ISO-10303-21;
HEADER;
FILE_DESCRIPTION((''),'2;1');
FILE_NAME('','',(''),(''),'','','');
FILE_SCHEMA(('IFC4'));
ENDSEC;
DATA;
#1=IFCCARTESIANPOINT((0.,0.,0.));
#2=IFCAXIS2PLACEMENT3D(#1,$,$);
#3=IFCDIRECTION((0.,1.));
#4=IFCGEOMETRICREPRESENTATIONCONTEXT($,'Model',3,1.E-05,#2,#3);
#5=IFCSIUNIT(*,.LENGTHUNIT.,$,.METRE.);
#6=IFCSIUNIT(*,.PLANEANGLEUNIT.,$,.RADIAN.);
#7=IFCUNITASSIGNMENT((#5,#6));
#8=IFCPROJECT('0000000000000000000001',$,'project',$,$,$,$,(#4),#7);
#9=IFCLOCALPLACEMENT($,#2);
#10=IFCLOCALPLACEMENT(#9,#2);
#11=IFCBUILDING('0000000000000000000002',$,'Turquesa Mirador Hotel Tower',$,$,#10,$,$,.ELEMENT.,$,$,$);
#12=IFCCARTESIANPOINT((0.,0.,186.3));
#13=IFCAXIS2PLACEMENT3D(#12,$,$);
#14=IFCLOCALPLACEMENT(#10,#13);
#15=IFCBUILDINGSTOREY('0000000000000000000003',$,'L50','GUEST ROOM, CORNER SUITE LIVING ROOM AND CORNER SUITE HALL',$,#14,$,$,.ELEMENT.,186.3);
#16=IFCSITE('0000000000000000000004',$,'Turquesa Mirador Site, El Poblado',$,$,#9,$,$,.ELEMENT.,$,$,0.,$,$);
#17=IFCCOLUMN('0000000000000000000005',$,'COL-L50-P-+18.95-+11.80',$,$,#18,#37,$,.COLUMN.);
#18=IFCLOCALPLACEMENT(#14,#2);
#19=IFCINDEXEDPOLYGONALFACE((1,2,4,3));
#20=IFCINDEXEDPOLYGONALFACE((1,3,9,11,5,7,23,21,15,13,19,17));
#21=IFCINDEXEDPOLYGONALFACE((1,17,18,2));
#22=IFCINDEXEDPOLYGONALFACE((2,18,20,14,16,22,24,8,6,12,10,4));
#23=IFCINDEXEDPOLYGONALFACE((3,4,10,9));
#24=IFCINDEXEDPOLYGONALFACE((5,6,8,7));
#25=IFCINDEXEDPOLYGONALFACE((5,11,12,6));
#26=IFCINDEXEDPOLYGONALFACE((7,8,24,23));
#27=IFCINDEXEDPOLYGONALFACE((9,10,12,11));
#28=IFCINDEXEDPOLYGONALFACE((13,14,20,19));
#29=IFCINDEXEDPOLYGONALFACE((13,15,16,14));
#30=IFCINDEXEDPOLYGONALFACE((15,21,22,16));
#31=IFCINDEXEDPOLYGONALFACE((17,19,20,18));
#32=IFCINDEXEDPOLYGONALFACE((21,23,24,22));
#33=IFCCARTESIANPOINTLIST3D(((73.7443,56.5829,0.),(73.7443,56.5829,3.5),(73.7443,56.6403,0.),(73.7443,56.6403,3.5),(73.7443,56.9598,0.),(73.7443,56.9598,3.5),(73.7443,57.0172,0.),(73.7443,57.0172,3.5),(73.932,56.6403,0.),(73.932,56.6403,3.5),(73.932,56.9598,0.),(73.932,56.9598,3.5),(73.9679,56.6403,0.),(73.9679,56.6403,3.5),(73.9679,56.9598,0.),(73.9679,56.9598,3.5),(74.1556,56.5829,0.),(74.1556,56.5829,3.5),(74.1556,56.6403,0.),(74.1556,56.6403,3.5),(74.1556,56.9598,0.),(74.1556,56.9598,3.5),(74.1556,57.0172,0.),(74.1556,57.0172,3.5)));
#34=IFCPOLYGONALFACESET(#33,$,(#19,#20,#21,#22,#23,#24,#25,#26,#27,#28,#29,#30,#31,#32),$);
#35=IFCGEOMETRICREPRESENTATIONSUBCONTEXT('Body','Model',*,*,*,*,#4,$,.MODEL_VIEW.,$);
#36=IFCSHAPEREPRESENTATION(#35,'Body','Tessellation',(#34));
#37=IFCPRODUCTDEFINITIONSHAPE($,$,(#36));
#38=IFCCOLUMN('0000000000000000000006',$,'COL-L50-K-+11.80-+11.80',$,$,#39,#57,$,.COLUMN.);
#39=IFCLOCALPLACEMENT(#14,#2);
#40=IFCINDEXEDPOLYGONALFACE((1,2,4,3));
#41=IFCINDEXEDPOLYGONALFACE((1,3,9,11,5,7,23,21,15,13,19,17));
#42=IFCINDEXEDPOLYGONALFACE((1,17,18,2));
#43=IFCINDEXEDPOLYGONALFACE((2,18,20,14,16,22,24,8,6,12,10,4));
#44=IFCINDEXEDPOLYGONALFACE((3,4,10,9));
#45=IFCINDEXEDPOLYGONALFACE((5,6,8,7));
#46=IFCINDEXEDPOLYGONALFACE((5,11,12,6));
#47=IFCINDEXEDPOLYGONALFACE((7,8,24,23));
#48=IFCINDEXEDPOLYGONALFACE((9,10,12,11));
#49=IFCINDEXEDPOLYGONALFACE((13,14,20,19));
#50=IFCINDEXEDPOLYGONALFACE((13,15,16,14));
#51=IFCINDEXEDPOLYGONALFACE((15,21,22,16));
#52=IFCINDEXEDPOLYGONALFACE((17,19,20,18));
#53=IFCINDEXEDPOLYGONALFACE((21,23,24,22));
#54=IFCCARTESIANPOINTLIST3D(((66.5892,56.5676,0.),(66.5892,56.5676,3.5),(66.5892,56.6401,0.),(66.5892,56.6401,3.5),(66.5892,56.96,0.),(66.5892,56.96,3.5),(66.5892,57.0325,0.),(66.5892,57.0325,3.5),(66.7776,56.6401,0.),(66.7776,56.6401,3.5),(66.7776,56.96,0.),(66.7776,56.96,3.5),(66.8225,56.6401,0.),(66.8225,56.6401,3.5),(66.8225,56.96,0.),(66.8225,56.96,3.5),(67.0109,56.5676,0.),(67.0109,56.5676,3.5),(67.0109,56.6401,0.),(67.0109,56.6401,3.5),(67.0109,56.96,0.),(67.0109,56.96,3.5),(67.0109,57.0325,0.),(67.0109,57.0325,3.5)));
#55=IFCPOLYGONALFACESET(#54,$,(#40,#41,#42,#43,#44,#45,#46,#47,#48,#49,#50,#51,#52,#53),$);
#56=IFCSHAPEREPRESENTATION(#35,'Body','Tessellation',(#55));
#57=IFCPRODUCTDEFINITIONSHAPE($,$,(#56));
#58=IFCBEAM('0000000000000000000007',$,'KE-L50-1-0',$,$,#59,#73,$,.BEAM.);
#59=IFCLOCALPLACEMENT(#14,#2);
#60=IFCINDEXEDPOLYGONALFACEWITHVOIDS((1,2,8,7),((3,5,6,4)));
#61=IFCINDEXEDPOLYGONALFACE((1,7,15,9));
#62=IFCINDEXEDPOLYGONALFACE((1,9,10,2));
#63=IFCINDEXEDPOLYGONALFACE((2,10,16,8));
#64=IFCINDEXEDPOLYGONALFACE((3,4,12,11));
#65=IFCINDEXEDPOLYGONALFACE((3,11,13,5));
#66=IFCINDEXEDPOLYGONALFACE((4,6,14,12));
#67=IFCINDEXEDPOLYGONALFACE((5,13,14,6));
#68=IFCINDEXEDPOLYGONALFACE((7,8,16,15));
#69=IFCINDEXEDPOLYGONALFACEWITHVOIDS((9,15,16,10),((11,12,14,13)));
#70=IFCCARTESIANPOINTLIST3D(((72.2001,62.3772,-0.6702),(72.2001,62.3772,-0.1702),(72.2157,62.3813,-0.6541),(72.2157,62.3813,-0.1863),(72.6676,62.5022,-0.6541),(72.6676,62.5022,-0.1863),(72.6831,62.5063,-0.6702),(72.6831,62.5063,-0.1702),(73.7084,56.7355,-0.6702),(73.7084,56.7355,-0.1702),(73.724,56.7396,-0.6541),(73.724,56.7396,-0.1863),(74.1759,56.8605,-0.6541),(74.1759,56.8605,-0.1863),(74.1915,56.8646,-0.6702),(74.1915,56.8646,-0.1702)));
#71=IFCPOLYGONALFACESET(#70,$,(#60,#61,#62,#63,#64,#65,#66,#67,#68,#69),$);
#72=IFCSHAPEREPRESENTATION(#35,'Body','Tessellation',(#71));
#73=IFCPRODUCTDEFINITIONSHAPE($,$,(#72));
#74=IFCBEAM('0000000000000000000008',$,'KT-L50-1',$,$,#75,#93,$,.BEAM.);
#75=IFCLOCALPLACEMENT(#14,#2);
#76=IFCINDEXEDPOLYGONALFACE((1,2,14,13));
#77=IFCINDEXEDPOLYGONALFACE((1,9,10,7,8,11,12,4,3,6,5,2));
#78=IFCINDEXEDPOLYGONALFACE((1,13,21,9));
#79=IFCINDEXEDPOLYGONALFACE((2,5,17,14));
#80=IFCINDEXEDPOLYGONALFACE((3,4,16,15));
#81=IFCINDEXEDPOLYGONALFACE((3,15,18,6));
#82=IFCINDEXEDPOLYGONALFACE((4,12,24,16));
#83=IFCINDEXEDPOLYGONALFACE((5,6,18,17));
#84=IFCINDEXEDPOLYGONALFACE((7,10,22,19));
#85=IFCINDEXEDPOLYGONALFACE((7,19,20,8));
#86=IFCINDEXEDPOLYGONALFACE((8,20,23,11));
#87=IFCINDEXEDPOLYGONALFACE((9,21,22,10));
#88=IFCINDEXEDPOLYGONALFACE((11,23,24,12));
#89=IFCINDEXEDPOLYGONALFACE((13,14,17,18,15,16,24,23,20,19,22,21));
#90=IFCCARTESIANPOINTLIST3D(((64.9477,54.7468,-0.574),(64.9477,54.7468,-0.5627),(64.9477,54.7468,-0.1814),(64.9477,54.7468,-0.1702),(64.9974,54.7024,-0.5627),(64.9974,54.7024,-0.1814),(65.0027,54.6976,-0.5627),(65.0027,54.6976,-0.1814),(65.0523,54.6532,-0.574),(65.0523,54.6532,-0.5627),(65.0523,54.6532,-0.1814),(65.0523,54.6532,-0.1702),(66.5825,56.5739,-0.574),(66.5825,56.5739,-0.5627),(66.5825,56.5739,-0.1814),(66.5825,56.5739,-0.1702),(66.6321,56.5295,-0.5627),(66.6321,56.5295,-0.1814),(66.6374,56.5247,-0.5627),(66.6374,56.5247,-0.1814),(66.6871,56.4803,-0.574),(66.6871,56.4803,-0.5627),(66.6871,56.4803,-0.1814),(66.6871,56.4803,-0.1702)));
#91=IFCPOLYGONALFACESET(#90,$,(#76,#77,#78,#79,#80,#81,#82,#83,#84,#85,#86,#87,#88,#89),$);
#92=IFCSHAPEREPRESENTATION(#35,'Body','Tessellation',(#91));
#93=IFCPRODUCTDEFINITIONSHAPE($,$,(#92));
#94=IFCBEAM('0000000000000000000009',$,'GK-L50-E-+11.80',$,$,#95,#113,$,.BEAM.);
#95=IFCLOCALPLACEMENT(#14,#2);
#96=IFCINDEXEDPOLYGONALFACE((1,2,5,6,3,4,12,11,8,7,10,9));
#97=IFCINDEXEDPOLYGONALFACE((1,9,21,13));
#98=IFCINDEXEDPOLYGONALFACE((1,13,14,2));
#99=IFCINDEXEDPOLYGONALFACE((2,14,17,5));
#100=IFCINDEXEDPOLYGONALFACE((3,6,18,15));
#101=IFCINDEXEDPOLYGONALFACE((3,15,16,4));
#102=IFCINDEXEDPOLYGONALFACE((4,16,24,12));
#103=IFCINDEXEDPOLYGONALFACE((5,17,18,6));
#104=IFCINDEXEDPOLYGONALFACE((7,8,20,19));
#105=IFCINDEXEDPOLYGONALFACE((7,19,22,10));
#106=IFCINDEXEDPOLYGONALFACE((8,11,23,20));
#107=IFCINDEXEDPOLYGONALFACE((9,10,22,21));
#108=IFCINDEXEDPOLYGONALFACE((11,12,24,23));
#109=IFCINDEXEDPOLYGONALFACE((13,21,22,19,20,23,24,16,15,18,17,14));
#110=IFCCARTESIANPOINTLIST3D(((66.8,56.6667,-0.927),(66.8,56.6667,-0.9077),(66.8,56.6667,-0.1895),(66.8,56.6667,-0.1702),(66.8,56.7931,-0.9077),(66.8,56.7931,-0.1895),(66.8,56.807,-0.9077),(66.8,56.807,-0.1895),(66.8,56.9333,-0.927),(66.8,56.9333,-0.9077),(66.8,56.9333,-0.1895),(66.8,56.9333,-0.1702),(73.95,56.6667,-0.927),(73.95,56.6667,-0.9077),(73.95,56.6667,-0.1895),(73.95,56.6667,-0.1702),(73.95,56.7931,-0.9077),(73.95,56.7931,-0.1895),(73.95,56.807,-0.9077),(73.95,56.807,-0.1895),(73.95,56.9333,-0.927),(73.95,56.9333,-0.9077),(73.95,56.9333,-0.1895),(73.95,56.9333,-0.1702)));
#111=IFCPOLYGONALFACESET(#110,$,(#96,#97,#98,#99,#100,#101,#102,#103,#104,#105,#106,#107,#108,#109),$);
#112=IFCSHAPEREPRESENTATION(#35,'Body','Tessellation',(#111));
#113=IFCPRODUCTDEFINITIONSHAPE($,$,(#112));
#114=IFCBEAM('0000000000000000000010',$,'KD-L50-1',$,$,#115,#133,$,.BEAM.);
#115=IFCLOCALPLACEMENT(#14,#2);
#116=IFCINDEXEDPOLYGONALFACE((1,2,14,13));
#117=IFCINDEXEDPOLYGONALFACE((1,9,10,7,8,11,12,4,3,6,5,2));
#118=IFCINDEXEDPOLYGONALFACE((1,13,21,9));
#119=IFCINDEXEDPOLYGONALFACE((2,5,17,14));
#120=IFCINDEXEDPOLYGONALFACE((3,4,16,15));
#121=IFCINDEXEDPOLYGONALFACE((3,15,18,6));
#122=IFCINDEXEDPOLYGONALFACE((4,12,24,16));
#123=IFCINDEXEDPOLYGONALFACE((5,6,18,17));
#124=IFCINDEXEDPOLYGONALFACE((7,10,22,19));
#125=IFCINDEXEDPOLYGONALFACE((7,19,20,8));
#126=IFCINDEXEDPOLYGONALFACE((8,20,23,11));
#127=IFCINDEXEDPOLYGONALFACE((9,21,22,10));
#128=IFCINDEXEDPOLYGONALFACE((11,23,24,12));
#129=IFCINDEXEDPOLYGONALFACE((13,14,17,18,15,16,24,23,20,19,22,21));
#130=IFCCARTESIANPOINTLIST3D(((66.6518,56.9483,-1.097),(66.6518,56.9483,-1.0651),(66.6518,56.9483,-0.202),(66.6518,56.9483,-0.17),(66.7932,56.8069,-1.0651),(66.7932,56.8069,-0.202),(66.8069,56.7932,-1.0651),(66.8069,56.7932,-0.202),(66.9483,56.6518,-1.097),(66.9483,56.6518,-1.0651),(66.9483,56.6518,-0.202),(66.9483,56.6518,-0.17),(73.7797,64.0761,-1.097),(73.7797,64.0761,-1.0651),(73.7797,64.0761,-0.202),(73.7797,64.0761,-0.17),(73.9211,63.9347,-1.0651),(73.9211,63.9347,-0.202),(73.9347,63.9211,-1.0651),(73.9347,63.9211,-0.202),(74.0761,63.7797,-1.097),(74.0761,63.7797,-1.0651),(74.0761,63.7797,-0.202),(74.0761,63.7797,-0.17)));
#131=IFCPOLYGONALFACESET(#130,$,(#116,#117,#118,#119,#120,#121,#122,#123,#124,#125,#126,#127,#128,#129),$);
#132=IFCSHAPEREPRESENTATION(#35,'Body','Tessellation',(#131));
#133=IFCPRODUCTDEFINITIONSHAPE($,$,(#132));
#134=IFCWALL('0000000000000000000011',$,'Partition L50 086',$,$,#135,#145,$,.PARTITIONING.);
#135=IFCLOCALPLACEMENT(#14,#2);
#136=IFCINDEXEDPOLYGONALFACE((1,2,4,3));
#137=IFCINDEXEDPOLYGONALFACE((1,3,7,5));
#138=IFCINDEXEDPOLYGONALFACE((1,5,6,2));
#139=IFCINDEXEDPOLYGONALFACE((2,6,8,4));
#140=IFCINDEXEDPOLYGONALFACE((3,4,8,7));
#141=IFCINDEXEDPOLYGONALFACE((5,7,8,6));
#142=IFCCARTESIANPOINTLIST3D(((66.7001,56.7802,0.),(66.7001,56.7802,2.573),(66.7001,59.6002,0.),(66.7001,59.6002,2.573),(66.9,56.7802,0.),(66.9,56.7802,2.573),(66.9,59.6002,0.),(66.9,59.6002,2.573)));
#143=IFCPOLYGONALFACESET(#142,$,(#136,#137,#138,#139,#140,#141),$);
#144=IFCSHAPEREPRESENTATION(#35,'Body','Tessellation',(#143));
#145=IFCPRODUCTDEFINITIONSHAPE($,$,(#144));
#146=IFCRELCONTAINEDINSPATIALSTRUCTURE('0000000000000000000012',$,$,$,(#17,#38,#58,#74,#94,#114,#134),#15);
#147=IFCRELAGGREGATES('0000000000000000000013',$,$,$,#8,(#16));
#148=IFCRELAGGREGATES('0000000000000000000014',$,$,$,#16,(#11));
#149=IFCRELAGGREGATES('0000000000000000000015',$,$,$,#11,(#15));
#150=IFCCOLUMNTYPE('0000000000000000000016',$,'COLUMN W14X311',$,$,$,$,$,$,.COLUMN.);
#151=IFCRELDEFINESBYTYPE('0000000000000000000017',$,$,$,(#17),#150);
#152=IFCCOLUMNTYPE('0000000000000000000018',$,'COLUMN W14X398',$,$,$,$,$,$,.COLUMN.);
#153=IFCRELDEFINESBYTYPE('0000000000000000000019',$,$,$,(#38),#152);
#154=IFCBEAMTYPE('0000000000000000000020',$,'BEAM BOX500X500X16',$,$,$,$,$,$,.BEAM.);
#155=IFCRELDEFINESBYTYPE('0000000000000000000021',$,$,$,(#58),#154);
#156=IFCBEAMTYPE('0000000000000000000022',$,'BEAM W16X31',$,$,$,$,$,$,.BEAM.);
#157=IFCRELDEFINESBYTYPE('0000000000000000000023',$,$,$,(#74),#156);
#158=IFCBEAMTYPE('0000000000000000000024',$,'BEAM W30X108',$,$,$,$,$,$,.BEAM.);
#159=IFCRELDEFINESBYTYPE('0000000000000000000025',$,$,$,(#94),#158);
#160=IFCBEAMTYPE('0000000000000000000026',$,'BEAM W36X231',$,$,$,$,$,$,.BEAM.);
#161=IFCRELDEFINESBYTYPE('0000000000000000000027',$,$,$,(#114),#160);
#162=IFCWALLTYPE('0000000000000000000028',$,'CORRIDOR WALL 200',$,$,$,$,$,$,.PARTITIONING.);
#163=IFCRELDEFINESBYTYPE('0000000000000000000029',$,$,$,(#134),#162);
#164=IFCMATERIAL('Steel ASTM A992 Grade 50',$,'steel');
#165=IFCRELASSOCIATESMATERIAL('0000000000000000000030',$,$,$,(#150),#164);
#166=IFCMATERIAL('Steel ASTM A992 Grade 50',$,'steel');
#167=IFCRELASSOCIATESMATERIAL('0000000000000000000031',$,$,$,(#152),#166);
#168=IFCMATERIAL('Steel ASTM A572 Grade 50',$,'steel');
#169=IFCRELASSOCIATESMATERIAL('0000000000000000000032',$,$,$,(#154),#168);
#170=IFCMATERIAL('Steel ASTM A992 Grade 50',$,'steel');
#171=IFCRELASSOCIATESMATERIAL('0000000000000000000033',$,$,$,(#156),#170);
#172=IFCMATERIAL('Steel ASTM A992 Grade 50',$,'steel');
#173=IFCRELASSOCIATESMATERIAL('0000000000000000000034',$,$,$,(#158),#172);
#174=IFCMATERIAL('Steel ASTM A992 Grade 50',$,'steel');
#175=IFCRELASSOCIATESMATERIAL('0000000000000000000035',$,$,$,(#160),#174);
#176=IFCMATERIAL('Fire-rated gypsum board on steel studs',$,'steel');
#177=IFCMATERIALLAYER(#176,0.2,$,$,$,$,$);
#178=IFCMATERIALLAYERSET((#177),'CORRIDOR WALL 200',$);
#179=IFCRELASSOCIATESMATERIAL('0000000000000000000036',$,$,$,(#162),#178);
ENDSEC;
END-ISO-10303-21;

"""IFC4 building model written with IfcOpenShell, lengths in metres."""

from ifc_helpers import new_model, si_unit, direction, frame, frame_2d, origin, origin_2d, place, context, subcontext, project, spatial, rectangle, hollow_rectangle, i_section, extrude, material, layer, layer_set, material_profile, profile_set, type_object, element, save


model = new_model("IFC4")

# Units and contexts
model_context = context("Model", 3, precision=1e-05, world=origin(), true_north=direction((0.0, 1.0)))
body_context = subcontext(model_context, "Body", "Model", "MODEL_VIEW")
ifc_project = project(units=[si_unit("LENGTHUNIT", "METRE"), si_unit("PLANEANGLEUNIT", "RADIAN")], contexts=[model_context])

# Site, building, storey
site_placement = place(None, origin())
site = spatial("IfcSite", under=ifc_project, at=site_placement, Name="Turquesa Mirador Site, El Poblado", CompositionType="ELEMENT", RefElevation=0.0)
building_placement = place(site_placement, origin())
building = spatial("IfcBuilding", under=site, at=building_placement, Name="Turquesa Mirador Hotel Tower", CompositionType="ELEMENT")
storey_placement = place(building_placement, frame((0.0, 0.0, 186.3)))
storey = spatial("IfcBuildingStorey", under=building, at=storey_placement, Name="L50", Description="GUEST ROOM, CORNER SUITE LIVING ROOM AND CORNER SUITE HALL", CompositionType="ELEMENT", Elevation=186.3)

# Columns
ifc_material_1 = material(Name="Steel ASTM A992 Grade 50", Category="steel")
ifc_material_profile_1 = material_profile(ifc_material_1, i_section(OverallWidth=0.4114, OverallDepth=0.4343, WebThickness=0.0359, FlangeThickness=0.0574, at=origin_2d()), Name="W14X311")
ifc_profile_set_1 = profile_set([ifc_material_profile_1], Name="Steel ASTM A992 Grade 50")
column_type_1 = type_object("IfcColumnType", Name="COLUMN W14X311", PredefinedType="COLUMN", material=ifc_profile_set_1)
column_1_placement = place(storey_placement, frame((73.95, 56.8, 0.0), z_axis=(0.0, 0.0, 1.0), x_axis=(1.0, 0.0, 0.0)))
element("IfcColumn", 1, at=column_1_placement, inside=storey, type_object=column_type_1, Name="COL-L50-P-+18.95-+11.80", PredefinedType="COLUMN", context=body_context, shape_type="SweptSolid", body=[
    extrude(i_section(OverallWidth=0.4114, OverallDepth=0.4343, WebThickness=0.0359, FlangeThickness=0.0574, at=origin_2d()), origin(), (0.0, 0.0, 1.0), 3.5),
])
ifc_material_2 = material(Name="Steel ASTM A992 Grade 50", Category="steel")
ifc_material_profile_2 = material_profile(ifc_material_2, i_section(OverallWidth=0.4216, OverallDepth=0.4648, WebThickness=0.0449, FlangeThickness=0.0725, at=origin_2d()), Name="W14X398")
ifc_profile_set_2 = profile_set([ifc_material_profile_2], Name="Steel ASTM A992 Grade 50")
column_type_2 = type_object("IfcColumnType", Name="COLUMN W14X398", PredefinedType="COLUMN", material=ifc_profile_set_2)
column_2_placement = place(storey_placement, frame((66.8, 56.8, 0.0), z_axis=(0.0, 0.0, 1.0), x_axis=(1.0, 0.0, 0.0)))
element("IfcColumn", 2, at=column_2_placement, inside=storey, type_object=column_type_2, Name="COL-L50-K-+11.80-+11.80", PredefinedType="COLUMN", context=body_context, shape_type="SweptSolid", body=[
    extrude(i_section(OverallWidth=0.4216, OverallDepth=0.4648, WebThickness=0.0449, FlangeThickness=0.0725, at=origin_2d()), origin(), (0.0, 0.0, 1.0), 3.5),
])

# Beams
ifc_material_3 = material(Name="Steel ASTM A572 Grade 50", Category="steel")
ifc_material_profile_3 = material_profile(ifc_material_3, hollow_rectangle(XDim=0.5, YDim=0.5, WallThickness=0.0161, at=origin_2d()), Name="BOX500X500X16")
ifc_profile_set_3 = profile_set([ifc_material_profile_3], Name="Steel ASTM A572 Grade 50")
beam_type_1 = type_object("IfcBeamType", Name="BEAM BOX500X500X16", PredefinedType="BEAM", material=ifc_profile_set_3)
beam_1_placement = place(storey_placement, frame((73.95, 56.8, -0.4202), z_axis=(-0.258282, 0.96607, 0.0), x_axis=(-0.96607, -0.258282, 0.0)))
element("IfcBeam", 3, at=beam_1_placement, inside=storey, type_object=beam_type_1, Name="KE-L50-1-0", PredefinedType="BEAM", context=body_context, shape_type="SweptSolid", body=[
    extrude(hollow_rectangle(XDim=0.5, YDim=0.5, WallThickness=0.0161, at=origin_2d()), origin(), (0.0, 0.0, 1.0), 5.8398),
])
ifc_material_4 = material(Name="Steel ASTM A992 Grade 50", Category="steel")
ifc_material_profile_4 = material_profile(ifc_material_4, i_section(OverallWidth=0.1404, OverallDepth=0.4038, WebThickness=0.0071, FlangeThickness=0.0112, at=origin_2d()), Name="W16X31")
ifc_profile_set_4 = profile_set([ifc_material_profile_4], Name="Steel ASTM A992 Grade 50")
beam_type_2 = type_object("IfcBeamType", Name="BEAM W16X31", PredefinedType="BEAM", material=ifc_profile_set_4)
beam_2_placement = place(storey_placement, frame((66.6348, 56.5271, -0.3721), z_axis=(-0.666783, -0.745252, 0.0), x_axis=(0.745252, -0.666783, 0.0)))
element("IfcBeam", 4, at=beam_2_placement, inside=storey, type_object=beam_type_2, Name="KT-L50-1", PredefinedType="BEAM", context=body_context, shape_type="SweptSolid", body=[
    extrude(i_section(OverallWidth=0.1404, OverallDepth=0.4038, WebThickness=0.0071, FlangeThickness=0.0112, at=origin_2d()), origin(), (0.0, 0.0, 1.0), 2.4517),
])
ifc_material_5 = material(Name="Steel ASTM A992 Grade 50", Category="steel")
ifc_material_profile_5 = material_profile(ifc_material_5, i_section(OverallWidth=0.2666, OverallDepth=0.7568, WebThickness=0.0139, FlangeThickness=0.0193, at=origin_2d()), Name="W30X108")
ifc_profile_set_5 = profile_set([ifc_material_profile_5], Name="Steel ASTM A992 Grade 50")
beam_type_3 = type_object("IfcBeamType", Name="BEAM W30X108", PredefinedType="BEAM", material=ifc_profile_set_5)
beam_3_placement = place(storey_placement, frame((73.95, 56.8, -0.5486), z_axis=(-1.0, 0.0, 0.0), x_axis=(0.0, -1.0, 0.0)))
element("IfcBeam", 5, at=beam_3_placement, inside=storey, type_object=beam_type_3, Name="GK-L50-E-+11.80", PredefinedType="BEAM", context=body_context, shape_type="SweptSolid", body=[
    extrude(i_section(OverallWidth=0.2666, OverallDepth=0.7568, WebThickness=0.0139, FlangeThickness=0.0193, at=origin_2d()), origin(), (0.0, 0.0, 1.0), 7.1499),
])
ifc_material_6 = material(Name="Steel ASTM A992 Grade 50", Category="steel")
ifc_material_profile_6 = material_profile(ifc_material_6, i_section(OverallWidth=0.4192, OverallDepth=0.927, WebThickness=0.0193, FlangeThickness=0.032, at=origin_2d()), Name="W36X231")
ifc_profile_set_6 = profile_set([ifc_material_profile_6], Name="Steel ASTM A992 Grade 50")
beam_type_4 = type_object("IfcBeamType", Name="BEAM W36X231", PredefinedType="BEAM", material=ifc_profile_set_6)
beam_4_placement = place(storey_placement, frame((66.8, 56.8, -0.6335), z_axis=(0.707107, 0.707107, 0.0), x_axis=(-0.707107, 0.707107, 0.0)))
element("IfcBeam", 6, at=beam_4_placement, inside=storey, type_object=beam_type_4, Name="KD-L50-1", PredefinedType="BEAM", context=body_context, shape_type="SweptSolid", body=[
    extrude(i_section(OverallWidth=0.4192, OverallDepth=0.927, WebThickness=0.0193, FlangeThickness=0.032, at=origin_2d()), origin(), (0.0, 0.0, 1.0), 10.0803),
])

# Wall
ifc_material_7 = material(Name="Fire-rated gypsum board on steel studs", Category="steel")
ifc_layer_1 = layer(ifc_material_7, 0.2)
ifc_layer_set_1 = layer_set([ifc_layer_1], Name="CORRIDOR WALL 200")
wall_type_1 = type_object("IfcWallType", Name="CORRIDOR WALL 200", PredefinedType="PARTITIONING", material=ifc_layer_set_1)
wall_1_placement = place(storey_placement, frame((66.8, 56.78, 0.0), z_axis=(0.0, 0.0, 1.0), x_axis=(0.0, 1.0, 0.0)))
element("IfcWall", 7, at=wall_1_placement, inside=storey, type_object=wall_type_1, Name="Partition L50 086", PredefinedType="PARTITIONING", context=body_context, shape_type="SweptSolid", body=[
    extrude(rectangle(XDim=2.8201, YDim=0.2, at=frame_2d((1.4102, 0.0))), origin(), (0.0, 0.0, 1.0), 2.573),
])

save(model, "model.ifc")
